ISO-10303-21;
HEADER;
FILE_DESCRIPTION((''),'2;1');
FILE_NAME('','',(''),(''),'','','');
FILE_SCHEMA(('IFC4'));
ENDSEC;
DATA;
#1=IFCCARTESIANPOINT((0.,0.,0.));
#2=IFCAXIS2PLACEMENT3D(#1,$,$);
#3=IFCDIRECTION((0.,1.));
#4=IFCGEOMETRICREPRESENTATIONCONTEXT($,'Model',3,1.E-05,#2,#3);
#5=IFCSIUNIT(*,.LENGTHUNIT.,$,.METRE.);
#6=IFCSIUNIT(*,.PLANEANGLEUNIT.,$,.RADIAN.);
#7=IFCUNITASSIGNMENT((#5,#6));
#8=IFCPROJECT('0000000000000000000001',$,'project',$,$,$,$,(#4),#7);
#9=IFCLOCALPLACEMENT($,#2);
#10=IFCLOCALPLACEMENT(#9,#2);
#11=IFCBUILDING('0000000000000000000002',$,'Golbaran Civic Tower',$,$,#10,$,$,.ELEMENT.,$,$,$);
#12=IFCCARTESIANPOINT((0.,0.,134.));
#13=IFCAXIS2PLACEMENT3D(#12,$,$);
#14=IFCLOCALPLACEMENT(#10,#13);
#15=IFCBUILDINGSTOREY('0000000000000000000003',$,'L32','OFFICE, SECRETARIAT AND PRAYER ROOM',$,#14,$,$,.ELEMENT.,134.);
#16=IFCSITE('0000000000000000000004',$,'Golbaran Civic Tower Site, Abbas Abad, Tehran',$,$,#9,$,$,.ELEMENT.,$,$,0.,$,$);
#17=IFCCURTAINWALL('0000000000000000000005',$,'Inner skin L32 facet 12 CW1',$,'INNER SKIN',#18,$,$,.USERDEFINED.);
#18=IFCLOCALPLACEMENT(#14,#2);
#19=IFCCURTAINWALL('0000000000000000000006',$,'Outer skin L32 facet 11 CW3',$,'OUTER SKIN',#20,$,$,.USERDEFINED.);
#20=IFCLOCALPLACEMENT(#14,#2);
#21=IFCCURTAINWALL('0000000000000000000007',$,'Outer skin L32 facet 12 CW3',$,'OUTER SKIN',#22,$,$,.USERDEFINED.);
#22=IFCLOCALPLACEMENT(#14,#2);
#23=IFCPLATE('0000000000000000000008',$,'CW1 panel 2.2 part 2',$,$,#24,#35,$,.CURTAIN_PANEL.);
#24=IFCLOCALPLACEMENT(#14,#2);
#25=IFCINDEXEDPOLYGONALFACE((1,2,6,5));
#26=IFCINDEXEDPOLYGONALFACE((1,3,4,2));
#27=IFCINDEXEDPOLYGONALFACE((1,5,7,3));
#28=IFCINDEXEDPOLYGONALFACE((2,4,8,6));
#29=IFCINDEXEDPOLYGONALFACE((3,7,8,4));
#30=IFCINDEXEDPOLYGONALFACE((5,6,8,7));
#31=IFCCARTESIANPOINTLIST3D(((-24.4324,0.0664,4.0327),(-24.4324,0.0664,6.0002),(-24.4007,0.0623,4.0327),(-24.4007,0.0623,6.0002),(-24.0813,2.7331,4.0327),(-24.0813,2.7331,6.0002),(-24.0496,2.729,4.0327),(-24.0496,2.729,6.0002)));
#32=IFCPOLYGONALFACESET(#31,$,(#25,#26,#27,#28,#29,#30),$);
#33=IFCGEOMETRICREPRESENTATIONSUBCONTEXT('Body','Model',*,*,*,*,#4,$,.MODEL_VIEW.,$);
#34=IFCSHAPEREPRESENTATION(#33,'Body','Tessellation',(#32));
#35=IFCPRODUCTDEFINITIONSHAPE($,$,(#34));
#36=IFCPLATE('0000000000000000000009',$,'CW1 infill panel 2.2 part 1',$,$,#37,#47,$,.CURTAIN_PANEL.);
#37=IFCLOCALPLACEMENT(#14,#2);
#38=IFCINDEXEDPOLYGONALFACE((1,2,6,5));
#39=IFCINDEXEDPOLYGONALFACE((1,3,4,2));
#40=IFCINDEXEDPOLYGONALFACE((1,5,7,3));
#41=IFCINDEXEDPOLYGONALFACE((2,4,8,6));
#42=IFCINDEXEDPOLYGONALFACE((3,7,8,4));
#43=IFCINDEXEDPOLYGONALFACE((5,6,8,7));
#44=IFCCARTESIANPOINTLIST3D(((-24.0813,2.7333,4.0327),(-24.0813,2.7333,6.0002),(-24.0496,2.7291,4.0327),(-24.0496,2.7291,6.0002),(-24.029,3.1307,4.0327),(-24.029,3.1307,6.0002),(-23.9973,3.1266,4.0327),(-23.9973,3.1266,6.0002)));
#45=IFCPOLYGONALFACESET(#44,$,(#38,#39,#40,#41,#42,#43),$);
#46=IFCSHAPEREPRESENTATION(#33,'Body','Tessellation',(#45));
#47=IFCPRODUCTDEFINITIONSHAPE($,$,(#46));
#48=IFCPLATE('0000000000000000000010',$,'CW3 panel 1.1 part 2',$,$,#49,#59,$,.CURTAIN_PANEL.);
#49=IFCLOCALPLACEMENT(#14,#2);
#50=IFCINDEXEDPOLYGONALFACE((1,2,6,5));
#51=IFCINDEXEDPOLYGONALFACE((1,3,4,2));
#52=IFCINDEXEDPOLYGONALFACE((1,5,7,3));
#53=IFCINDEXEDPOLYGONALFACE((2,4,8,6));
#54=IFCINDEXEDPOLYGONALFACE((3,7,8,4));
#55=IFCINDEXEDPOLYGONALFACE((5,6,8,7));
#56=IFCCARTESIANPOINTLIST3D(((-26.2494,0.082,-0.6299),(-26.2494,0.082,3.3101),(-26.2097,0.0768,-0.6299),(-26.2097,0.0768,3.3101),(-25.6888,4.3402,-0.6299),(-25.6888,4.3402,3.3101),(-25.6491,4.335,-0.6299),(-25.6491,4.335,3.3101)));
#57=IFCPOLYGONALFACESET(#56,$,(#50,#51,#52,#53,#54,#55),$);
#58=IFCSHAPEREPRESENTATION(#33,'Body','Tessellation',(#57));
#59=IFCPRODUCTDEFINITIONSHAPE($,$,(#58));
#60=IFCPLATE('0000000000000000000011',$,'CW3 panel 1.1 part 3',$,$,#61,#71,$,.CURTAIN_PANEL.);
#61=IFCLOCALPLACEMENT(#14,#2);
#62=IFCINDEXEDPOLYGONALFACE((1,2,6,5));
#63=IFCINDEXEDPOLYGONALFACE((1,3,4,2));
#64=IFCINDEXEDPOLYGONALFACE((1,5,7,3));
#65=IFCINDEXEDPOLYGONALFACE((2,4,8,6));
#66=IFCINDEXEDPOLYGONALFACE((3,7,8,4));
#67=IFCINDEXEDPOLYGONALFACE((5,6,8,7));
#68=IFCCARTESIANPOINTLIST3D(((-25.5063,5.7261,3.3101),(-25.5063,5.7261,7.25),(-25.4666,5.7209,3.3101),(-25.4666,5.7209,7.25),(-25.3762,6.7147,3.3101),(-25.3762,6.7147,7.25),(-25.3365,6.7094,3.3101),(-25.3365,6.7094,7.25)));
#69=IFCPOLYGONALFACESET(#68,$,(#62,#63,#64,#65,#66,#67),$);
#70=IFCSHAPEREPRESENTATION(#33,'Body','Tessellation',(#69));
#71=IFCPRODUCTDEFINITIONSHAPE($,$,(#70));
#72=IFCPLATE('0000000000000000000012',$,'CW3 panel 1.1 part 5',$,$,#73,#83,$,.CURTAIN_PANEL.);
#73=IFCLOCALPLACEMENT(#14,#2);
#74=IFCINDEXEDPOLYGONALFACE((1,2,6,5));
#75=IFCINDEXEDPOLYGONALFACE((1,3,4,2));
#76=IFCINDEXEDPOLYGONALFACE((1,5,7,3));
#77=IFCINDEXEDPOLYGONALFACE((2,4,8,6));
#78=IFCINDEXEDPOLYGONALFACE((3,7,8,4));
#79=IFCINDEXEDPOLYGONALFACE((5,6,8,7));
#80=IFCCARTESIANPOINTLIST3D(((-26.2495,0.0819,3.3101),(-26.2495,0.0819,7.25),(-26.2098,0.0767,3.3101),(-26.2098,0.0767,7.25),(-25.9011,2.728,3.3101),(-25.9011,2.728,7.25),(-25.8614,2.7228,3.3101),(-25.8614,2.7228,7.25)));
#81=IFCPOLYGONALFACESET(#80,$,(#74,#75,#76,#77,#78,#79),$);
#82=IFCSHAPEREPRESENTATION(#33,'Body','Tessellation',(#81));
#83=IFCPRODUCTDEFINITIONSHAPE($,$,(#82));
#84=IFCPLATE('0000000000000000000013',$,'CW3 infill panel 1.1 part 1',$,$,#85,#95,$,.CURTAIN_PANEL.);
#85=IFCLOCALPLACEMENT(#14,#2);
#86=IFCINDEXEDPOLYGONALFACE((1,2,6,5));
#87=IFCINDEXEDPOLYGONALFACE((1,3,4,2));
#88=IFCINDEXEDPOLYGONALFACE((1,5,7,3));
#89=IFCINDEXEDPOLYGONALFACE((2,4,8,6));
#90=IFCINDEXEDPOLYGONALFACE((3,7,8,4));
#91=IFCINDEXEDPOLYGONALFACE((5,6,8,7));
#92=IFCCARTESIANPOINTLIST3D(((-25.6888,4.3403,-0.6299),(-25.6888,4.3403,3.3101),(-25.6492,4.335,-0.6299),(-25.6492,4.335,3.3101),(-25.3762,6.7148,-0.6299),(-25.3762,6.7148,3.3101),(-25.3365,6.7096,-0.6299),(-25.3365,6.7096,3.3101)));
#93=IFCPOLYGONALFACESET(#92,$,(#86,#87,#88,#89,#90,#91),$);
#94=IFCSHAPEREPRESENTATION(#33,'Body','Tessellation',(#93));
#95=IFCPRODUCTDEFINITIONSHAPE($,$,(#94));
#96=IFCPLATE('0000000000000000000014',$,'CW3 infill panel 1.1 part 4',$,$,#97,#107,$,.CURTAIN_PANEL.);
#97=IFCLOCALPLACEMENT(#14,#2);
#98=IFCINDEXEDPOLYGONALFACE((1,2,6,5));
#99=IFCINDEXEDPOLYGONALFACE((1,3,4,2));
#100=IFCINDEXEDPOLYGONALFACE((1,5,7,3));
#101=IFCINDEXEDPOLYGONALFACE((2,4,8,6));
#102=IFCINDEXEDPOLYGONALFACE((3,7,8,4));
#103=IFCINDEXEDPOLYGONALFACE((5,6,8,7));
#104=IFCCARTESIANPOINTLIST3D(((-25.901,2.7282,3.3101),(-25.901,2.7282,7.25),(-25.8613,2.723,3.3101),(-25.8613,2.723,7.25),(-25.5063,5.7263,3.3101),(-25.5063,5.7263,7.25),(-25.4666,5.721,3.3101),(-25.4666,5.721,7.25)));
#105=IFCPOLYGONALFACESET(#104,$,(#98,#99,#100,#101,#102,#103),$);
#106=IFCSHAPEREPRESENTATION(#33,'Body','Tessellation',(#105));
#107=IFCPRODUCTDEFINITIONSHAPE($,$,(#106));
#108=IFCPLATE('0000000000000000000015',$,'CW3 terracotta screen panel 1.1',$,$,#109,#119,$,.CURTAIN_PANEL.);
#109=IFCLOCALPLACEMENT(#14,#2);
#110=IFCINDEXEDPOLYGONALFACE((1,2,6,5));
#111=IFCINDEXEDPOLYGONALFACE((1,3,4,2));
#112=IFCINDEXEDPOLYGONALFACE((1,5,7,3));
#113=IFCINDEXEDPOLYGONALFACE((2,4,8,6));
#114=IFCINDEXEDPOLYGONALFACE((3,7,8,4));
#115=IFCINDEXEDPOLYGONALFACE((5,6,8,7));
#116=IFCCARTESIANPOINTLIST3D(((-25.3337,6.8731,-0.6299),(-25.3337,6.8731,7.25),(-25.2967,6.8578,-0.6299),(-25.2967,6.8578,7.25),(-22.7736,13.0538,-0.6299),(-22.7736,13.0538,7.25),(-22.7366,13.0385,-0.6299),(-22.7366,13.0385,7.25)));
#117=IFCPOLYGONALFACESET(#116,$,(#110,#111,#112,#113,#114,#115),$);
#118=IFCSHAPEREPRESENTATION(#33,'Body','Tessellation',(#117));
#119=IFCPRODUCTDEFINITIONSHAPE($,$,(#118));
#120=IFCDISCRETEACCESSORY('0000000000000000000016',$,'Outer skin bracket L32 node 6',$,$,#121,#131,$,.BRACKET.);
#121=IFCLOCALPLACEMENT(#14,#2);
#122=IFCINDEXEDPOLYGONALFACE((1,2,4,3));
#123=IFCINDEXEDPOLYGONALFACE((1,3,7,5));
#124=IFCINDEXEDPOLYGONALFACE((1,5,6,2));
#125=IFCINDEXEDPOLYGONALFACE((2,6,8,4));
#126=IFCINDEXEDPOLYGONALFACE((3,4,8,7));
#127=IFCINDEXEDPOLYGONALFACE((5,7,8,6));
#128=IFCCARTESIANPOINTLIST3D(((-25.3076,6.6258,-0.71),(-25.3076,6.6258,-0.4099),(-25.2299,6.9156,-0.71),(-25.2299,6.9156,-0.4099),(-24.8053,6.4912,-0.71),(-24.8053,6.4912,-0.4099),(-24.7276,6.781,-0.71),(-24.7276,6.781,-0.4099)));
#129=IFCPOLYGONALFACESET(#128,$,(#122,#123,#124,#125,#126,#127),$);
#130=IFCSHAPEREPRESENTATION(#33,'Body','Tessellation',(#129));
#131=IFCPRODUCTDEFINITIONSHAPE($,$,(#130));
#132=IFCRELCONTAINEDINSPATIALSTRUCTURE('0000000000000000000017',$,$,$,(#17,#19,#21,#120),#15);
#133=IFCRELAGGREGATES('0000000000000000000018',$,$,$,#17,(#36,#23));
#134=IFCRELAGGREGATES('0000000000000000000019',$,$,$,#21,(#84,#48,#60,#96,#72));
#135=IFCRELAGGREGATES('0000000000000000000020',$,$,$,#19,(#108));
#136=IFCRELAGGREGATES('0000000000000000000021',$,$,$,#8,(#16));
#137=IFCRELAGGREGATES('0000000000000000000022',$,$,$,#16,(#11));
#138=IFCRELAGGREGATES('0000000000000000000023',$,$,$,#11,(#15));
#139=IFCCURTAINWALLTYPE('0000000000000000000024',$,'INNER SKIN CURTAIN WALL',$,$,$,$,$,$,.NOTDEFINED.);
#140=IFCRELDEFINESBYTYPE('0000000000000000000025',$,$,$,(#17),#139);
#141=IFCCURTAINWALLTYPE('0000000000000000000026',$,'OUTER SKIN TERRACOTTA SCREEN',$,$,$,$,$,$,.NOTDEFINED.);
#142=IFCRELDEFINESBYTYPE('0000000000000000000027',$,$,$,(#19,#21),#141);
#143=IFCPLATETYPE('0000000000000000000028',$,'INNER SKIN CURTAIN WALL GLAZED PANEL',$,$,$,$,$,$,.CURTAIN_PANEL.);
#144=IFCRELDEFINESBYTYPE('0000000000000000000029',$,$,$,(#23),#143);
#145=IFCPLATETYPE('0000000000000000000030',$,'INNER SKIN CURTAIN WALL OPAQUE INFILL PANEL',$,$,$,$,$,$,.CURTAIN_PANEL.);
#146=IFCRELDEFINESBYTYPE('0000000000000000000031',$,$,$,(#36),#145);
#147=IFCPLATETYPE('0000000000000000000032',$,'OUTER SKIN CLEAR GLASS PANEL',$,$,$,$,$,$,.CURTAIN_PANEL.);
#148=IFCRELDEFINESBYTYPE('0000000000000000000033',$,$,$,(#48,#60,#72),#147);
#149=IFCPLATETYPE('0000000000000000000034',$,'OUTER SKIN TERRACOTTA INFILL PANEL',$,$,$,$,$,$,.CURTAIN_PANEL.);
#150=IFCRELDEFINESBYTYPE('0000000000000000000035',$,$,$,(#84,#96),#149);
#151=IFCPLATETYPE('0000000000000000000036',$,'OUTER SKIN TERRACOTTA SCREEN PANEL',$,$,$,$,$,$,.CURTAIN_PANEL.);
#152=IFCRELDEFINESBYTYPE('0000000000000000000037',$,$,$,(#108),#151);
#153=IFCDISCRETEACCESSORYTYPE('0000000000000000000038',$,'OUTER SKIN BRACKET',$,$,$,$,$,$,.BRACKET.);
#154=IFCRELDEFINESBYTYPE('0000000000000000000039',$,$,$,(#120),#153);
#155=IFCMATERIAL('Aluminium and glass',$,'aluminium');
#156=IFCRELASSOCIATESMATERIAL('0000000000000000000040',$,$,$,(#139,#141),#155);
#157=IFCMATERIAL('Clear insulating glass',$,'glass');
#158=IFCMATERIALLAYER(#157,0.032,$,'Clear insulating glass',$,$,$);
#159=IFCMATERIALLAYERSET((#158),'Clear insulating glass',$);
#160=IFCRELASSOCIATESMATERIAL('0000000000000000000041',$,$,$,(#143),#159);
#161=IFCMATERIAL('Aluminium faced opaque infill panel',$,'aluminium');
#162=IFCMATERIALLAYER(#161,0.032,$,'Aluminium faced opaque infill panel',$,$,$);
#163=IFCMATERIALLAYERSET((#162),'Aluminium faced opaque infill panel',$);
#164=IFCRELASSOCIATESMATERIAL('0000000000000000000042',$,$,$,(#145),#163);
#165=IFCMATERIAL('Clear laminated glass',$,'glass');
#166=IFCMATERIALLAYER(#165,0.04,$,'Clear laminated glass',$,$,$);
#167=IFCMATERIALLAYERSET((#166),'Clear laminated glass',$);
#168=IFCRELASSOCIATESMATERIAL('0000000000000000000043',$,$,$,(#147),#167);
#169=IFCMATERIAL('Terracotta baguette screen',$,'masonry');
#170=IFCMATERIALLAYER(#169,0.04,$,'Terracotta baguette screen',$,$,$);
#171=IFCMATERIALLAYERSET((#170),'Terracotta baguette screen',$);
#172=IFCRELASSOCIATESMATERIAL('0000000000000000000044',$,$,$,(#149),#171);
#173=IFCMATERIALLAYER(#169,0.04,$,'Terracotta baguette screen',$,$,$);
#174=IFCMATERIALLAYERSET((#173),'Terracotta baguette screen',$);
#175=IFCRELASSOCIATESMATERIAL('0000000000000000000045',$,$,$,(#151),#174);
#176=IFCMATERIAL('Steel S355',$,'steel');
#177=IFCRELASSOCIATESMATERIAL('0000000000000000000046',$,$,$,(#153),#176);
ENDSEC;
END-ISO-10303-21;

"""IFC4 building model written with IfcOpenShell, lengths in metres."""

from ifc_helpers import new_model, si_unit, direction, frame, origin, origin_2d, place, context, subcontext, project, spatial, rectangle, extrude, material, layer, layer_set, type_object, element, aggregate, save


model = new_model("IFC4")

# Units and contexts
model_context = context("Model", 3, precision=1e-05, world=origin(), true_north=direction((0.0, 1.0)))
body_context = subcontext(model_context, "Body", "Model", "MODEL_VIEW")
ifc_project = project(units=[si_unit("LENGTHUNIT", "METRE"), si_unit("PLANEANGLEUNIT", "RADIAN")], contexts=[model_context])

# Site, building, storey
site_placement = place(None, origin())
site = spatial("IfcSite", under=ifc_project, at=site_placement, Name="Golbaran Civic Tower Site, Abbas Abad, Tehran", CompositionType="ELEMENT", RefElevation=0.0)
building_placement = place(site_placement, origin())
building = spatial("IfcBuilding", under=site, at=building_placement, Name="Golbaran Civic Tower", CompositionType="ELEMENT")
storey_placement = place(building_placement, frame((0.0, 0.0, 134.0)))
storey = spatial("IfcBuildingStorey", under=building, at=storey_placement, Name="L32", Description="OFFICE, SECRETARIAT AND PRAYER ROOM", CompositionType="ELEMENT", Elevation=134.0)

# Shared definitions
ifc_material_1 = material(Name="Steel S355", Category="steel")

# Curtain wall
ifc_material_2 = material(Name="Aluminium and glass", Category="aluminium")
curtain_wall_type_1 = type_object("IfcCurtainWallType", Name="INNER SKIN CURTAIN WALL", PredefinedType="NOTDEFINED", material=ifc_material_2)
curtain_wall_1_placement = place(storey_placement, origin())
curtain_wall_1 = element("IfcCurtainWall", 1, at=curtain_wall_1_placement, inside=storey, type_object=curtain_wall_type_1, Name="Inner skin L32 facet 12 CW1", ObjectType="INNER SKIN", PredefinedType="USERDEFINED")

# Curtain wall
curtain_wall_type_2 = type_object("IfcCurtainWallType", Name="OUTER SKIN TERRACOTTA SCREEN", PredefinedType="NOTDEFINED", material=ifc_material_2)
curtain_wall_2_placement = place(storey_placement, origin())
curtain_wall_2 = element("IfcCurtainWall", 2, at=curtain_wall_2_placement, inside=storey, type_object=curtain_wall_type_2, Name="Outer skin L32 facet 11 CW3", ObjectType="OUTER SKIN", PredefinedType="USERDEFINED")

# Curtain wall
curtain_wall_3_placement = place(storey_placement, origin())
curtain_wall_3 = element("IfcCurtainWall", 3, at=curtain_wall_3_placement, inside=storey, type_object=curtain_wall_type_2, Name="Outer skin L32 facet 12 CW3", ObjectType="OUTER SKIN", PredefinedType="USERDEFINED")

# Plates
ifc_material_3 = material(Name="Clear insulating glass", Category="glass")
ifc_layer_1 = layer(ifc_material_3, 0.032, Name="Clear insulating glass")
ifc_layer_set_1 = layer_set([ifc_layer_1], Name="Clear insulating glass")
plate_type_1 = type_object("IfcPlateType", Name="INNER SKIN CURTAIN WALL GLAZED PANEL", PredefinedType="CURTAIN_PANEL", material=ifc_layer_set_1)
plate_1_placement = place(storey_placement, frame((-24.241, 1.3977, 4.0327), z_axis=(0.0, 0.0, 1.0), x_axis=(-0.130526, -0.991445, 0.0)))
plate_1 = element("IfcPlate", 4, at=plate_1_placement, type_object=plate_type_1, Name="CW1 panel 2.2 part 2", PredefinedType="CURTAIN_PANEL", context=body_context, shape_type="SweptSolid", body=[
    extrude(rectangle(XDim=2.6897, YDim=0.032, at=origin_2d()), origin(), (0.0, 0.0, 1.0), 1.9675),
])
ifc_material_4 = material(Name="Aluminium faced opaque infill panel", Category="aluminium")
ifc_layer_2 = layer(ifc_material_4, 0.032, Name="Aluminium faced opaque infill panel")
ifc_layer_set_2 = layer_set([ifc_layer_2], Name="Aluminium faced opaque infill panel")
plate_type_2 = type_object("IfcPlateType", Name="INNER SKIN CURTAIN WALL OPAQUE INFILL PANEL", PredefinedType="CURTAIN_PANEL", material=ifc_layer_set_2)
plate_2_placement = place(storey_placement, frame((-24.0393, 2.9299, 4.0327), z_axis=(0.0, 0.0, 1.0), x_axis=(-0.130526, -0.991445, 0.0)))
plate_2 = element("IfcPlate", 5, at=plate_2_placement, type_object=plate_type_2, Name="CW1 infill panel 2.2 part 1", PredefinedType="CURTAIN_PANEL", context=body_context, shape_type="SweptSolid", body=[
    extrude(rectangle(XDim=0.4009, YDim=0.032, at=origin_2d()), origin(), (0.0, 0.0, 1.0), 1.9675),
])
aggregate(curtain_wall_1, [plate_2, plate_1])
ifc_material_5 = material(Name="Clear laminated glass", Category="glass")
ifc_layer_3 = layer(ifc_material_5, 0.04, Name="Clear laminated glass")
ifc_layer_set_3 = layer_set([ifc_layer_3], Name="Clear laminated glass")
plate_type_3 = type_object("IfcPlateType", Name="OUTER SKIN CLEAR GLASS PANEL", PredefinedType="CURTAIN_PANEL", material=ifc_layer_set_3)
plate_3_placement = place(storey_placement, frame((-25.9492, 2.2085, -0.6299), z_axis=(0.0, 0.0, 1.0), x_axis=(-0.130526, -0.991445, 0.0)))
plate_3 = element("IfcPlate", 6, at=plate_3_placement, type_object=plate_type_3, Name="CW3 panel 1.1 part 2", PredefinedType="CURTAIN_PANEL", context=body_context, shape_type="SweptSolid", body=[
    extrude(rectangle(XDim=4.2949, YDim=0.04, at=origin_2d()), origin(), (0.0, 0.0, 1.0), 3.9399),
])
plate_4_placement = place(storey_placement, frame((-25.4214, 6.2178, 3.3101), z_axis=(0.0, 0.0, 1.0), x_axis=(-0.130526, -0.991445, 0.0)))
plate_4 = element("IfcPlate", 7, at=plate_4_placement, type_object=plate_type_3, Name="CW3 panel 1.1 part 3", PredefinedType="CURTAIN_PANEL", context=body_context, shape_type="SweptSolid", body=[
    extrude(rectangle(XDim=0.9971, YDim=0.04, at=origin_2d()), origin(), (0.0, 0.0, 1.0), 3.9399),
])
plate_5_placement = place(storey_placement, frame((-26.0554, 1.4023, 3.3101), z_axis=(0.0, 0.0, 1.0), x_axis=(-0.130526, -0.991445, 0.0)))
plate_5 = element("IfcPlate", 8, at=plate_5_placement, type_object=plate_type_3, Name="CW3 panel 1.1 part 5", PredefinedType="CURTAIN_PANEL", context=body_context, shape_type="SweptSolid", body=[
    extrude(rectangle(XDim=2.6689, YDim=0.04, at=origin_2d()), origin(), (0.0, 0.0, 1.0), 3.9399),
])
ifc_material_6 = material(Name="Terracotta baguette screen", Category="masonry")
ifc_layer_4 = layer(ifc_material_6, 0.04, Name="Terracotta baguette screen")
ifc_layer_set_4 = layer_set([ifc_layer_4], Name="Terracotta baguette screen")
plate_type_4 = type_object("IfcPlateType", Name="OUTER SKIN TERRACOTTA INFILL PANEL", PredefinedType="CURTAIN_PANEL", material=ifc_layer_set_4)
plate_6_placement = place(storey_placement, frame((-25.5127, 5.5249, -0.6299), z_axis=(0.0, 0.0, 1.0), x_axis=(-0.130526, -0.991445, 0.0)))
plate_6 = element("IfcPlate", 9, at=plate_6_placement, type_object=plate_type_4, Name="CW3 infill panel 1.1 part 1", PredefinedType="CURTAIN_PANEL", context=body_context, shape_type="SweptSolid", body=[
    extrude(rectangle(XDim=2.395, YDim=0.04, at=origin_2d()), origin(), (0.0, 0.0, 1.0), 3.9399),
])
plate_7_placement = place(storey_placement, frame((-25.6838, 4.2246, 3.3101), z_axis=(0.0, 0.0, 1.0), x_axis=(-0.130526, -0.991445, 0.0)))
plate_7 = element("IfcPlate", 10, at=plate_7_placement, type_object=plate_type_4, Name="CW3 infill panel 1.1 part 4", PredefinedType="CURTAIN_PANEL", context=body_context, shape_type="SweptSolid", body=[
    extrude(rectangle(XDim=3.0239, YDim=0.04, at=origin_2d()), origin(), (0.0, 0.0, 1.0), 3.9399),
])
aggregate(curtain_wall_3, [plate_6, plate_3, plate_4, plate_7, plate_5])
ifc_layer_5 = layer(ifc_material_6, 0.04, Name="Terracotta baguette screen")
ifc_layer_set_5 = layer_set([ifc_layer_5], Name="Terracotta baguette screen")
plate_type_5 = type_object("IfcPlateType", Name="OUTER SKIN TERRACOTTA SCREEN PANEL", PredefinedType="CURTAIN_PANEL", material=ifc_layer_set_5)
plate_8_placement = place(storey_placement, frame((-24.0352, 9.9558, -0.6299), z_axis=(0.0, 0.0, 1.0), x_axis=(-0.382683, -0.92388, 0.0)))
plate_8 = element("IfcPlate", 11, at=plate_8_placement, type_object=plate_type_5, Name="CW3 terracotta screen panel 1.1", PredefinedType="CURTAIN_PANEL", context=body_context, shape_type="SweptSolid", body=[
    extrude(rectangle(XDim=6.6899, YDim=0.04, at=origin_2d()), origin(), (0.0, 0.0, 1.0), 7.8799),
])
aggregate(curtain_wall_2, [plate_8])

# Discrete accessory
discrete_accessory_type = type_object("IfcDiscreteAccessoryType", Name="OUTER SKIN BRACKET", PredefinedType="BRACKET", material=ifc_material_1)
discrete_accessory_placement = place(storey_placement, frame((-25.0176, 6.7034, -0.71), z_axis=(0.0, 0.0, 1.0), x_axis=(-0.965926, 0.258819, 0.0)))
element("IfcDiscreteAccessory", 12, at=discrete_accessory_placement, inside=storey, type_object=discrete_accessory_type, Name="Outer skin bracket L32 node 6", PredefinedType="BRACKET", context=body_context, shape_type="SweptSolid", body=[
    extrude(rectangle(XDim=0.52, YDim=0.3, at=origin_2d()), origin(), (0.0, 0.0, 1.0), 0.3),
])

save(model, "model.ifc")
